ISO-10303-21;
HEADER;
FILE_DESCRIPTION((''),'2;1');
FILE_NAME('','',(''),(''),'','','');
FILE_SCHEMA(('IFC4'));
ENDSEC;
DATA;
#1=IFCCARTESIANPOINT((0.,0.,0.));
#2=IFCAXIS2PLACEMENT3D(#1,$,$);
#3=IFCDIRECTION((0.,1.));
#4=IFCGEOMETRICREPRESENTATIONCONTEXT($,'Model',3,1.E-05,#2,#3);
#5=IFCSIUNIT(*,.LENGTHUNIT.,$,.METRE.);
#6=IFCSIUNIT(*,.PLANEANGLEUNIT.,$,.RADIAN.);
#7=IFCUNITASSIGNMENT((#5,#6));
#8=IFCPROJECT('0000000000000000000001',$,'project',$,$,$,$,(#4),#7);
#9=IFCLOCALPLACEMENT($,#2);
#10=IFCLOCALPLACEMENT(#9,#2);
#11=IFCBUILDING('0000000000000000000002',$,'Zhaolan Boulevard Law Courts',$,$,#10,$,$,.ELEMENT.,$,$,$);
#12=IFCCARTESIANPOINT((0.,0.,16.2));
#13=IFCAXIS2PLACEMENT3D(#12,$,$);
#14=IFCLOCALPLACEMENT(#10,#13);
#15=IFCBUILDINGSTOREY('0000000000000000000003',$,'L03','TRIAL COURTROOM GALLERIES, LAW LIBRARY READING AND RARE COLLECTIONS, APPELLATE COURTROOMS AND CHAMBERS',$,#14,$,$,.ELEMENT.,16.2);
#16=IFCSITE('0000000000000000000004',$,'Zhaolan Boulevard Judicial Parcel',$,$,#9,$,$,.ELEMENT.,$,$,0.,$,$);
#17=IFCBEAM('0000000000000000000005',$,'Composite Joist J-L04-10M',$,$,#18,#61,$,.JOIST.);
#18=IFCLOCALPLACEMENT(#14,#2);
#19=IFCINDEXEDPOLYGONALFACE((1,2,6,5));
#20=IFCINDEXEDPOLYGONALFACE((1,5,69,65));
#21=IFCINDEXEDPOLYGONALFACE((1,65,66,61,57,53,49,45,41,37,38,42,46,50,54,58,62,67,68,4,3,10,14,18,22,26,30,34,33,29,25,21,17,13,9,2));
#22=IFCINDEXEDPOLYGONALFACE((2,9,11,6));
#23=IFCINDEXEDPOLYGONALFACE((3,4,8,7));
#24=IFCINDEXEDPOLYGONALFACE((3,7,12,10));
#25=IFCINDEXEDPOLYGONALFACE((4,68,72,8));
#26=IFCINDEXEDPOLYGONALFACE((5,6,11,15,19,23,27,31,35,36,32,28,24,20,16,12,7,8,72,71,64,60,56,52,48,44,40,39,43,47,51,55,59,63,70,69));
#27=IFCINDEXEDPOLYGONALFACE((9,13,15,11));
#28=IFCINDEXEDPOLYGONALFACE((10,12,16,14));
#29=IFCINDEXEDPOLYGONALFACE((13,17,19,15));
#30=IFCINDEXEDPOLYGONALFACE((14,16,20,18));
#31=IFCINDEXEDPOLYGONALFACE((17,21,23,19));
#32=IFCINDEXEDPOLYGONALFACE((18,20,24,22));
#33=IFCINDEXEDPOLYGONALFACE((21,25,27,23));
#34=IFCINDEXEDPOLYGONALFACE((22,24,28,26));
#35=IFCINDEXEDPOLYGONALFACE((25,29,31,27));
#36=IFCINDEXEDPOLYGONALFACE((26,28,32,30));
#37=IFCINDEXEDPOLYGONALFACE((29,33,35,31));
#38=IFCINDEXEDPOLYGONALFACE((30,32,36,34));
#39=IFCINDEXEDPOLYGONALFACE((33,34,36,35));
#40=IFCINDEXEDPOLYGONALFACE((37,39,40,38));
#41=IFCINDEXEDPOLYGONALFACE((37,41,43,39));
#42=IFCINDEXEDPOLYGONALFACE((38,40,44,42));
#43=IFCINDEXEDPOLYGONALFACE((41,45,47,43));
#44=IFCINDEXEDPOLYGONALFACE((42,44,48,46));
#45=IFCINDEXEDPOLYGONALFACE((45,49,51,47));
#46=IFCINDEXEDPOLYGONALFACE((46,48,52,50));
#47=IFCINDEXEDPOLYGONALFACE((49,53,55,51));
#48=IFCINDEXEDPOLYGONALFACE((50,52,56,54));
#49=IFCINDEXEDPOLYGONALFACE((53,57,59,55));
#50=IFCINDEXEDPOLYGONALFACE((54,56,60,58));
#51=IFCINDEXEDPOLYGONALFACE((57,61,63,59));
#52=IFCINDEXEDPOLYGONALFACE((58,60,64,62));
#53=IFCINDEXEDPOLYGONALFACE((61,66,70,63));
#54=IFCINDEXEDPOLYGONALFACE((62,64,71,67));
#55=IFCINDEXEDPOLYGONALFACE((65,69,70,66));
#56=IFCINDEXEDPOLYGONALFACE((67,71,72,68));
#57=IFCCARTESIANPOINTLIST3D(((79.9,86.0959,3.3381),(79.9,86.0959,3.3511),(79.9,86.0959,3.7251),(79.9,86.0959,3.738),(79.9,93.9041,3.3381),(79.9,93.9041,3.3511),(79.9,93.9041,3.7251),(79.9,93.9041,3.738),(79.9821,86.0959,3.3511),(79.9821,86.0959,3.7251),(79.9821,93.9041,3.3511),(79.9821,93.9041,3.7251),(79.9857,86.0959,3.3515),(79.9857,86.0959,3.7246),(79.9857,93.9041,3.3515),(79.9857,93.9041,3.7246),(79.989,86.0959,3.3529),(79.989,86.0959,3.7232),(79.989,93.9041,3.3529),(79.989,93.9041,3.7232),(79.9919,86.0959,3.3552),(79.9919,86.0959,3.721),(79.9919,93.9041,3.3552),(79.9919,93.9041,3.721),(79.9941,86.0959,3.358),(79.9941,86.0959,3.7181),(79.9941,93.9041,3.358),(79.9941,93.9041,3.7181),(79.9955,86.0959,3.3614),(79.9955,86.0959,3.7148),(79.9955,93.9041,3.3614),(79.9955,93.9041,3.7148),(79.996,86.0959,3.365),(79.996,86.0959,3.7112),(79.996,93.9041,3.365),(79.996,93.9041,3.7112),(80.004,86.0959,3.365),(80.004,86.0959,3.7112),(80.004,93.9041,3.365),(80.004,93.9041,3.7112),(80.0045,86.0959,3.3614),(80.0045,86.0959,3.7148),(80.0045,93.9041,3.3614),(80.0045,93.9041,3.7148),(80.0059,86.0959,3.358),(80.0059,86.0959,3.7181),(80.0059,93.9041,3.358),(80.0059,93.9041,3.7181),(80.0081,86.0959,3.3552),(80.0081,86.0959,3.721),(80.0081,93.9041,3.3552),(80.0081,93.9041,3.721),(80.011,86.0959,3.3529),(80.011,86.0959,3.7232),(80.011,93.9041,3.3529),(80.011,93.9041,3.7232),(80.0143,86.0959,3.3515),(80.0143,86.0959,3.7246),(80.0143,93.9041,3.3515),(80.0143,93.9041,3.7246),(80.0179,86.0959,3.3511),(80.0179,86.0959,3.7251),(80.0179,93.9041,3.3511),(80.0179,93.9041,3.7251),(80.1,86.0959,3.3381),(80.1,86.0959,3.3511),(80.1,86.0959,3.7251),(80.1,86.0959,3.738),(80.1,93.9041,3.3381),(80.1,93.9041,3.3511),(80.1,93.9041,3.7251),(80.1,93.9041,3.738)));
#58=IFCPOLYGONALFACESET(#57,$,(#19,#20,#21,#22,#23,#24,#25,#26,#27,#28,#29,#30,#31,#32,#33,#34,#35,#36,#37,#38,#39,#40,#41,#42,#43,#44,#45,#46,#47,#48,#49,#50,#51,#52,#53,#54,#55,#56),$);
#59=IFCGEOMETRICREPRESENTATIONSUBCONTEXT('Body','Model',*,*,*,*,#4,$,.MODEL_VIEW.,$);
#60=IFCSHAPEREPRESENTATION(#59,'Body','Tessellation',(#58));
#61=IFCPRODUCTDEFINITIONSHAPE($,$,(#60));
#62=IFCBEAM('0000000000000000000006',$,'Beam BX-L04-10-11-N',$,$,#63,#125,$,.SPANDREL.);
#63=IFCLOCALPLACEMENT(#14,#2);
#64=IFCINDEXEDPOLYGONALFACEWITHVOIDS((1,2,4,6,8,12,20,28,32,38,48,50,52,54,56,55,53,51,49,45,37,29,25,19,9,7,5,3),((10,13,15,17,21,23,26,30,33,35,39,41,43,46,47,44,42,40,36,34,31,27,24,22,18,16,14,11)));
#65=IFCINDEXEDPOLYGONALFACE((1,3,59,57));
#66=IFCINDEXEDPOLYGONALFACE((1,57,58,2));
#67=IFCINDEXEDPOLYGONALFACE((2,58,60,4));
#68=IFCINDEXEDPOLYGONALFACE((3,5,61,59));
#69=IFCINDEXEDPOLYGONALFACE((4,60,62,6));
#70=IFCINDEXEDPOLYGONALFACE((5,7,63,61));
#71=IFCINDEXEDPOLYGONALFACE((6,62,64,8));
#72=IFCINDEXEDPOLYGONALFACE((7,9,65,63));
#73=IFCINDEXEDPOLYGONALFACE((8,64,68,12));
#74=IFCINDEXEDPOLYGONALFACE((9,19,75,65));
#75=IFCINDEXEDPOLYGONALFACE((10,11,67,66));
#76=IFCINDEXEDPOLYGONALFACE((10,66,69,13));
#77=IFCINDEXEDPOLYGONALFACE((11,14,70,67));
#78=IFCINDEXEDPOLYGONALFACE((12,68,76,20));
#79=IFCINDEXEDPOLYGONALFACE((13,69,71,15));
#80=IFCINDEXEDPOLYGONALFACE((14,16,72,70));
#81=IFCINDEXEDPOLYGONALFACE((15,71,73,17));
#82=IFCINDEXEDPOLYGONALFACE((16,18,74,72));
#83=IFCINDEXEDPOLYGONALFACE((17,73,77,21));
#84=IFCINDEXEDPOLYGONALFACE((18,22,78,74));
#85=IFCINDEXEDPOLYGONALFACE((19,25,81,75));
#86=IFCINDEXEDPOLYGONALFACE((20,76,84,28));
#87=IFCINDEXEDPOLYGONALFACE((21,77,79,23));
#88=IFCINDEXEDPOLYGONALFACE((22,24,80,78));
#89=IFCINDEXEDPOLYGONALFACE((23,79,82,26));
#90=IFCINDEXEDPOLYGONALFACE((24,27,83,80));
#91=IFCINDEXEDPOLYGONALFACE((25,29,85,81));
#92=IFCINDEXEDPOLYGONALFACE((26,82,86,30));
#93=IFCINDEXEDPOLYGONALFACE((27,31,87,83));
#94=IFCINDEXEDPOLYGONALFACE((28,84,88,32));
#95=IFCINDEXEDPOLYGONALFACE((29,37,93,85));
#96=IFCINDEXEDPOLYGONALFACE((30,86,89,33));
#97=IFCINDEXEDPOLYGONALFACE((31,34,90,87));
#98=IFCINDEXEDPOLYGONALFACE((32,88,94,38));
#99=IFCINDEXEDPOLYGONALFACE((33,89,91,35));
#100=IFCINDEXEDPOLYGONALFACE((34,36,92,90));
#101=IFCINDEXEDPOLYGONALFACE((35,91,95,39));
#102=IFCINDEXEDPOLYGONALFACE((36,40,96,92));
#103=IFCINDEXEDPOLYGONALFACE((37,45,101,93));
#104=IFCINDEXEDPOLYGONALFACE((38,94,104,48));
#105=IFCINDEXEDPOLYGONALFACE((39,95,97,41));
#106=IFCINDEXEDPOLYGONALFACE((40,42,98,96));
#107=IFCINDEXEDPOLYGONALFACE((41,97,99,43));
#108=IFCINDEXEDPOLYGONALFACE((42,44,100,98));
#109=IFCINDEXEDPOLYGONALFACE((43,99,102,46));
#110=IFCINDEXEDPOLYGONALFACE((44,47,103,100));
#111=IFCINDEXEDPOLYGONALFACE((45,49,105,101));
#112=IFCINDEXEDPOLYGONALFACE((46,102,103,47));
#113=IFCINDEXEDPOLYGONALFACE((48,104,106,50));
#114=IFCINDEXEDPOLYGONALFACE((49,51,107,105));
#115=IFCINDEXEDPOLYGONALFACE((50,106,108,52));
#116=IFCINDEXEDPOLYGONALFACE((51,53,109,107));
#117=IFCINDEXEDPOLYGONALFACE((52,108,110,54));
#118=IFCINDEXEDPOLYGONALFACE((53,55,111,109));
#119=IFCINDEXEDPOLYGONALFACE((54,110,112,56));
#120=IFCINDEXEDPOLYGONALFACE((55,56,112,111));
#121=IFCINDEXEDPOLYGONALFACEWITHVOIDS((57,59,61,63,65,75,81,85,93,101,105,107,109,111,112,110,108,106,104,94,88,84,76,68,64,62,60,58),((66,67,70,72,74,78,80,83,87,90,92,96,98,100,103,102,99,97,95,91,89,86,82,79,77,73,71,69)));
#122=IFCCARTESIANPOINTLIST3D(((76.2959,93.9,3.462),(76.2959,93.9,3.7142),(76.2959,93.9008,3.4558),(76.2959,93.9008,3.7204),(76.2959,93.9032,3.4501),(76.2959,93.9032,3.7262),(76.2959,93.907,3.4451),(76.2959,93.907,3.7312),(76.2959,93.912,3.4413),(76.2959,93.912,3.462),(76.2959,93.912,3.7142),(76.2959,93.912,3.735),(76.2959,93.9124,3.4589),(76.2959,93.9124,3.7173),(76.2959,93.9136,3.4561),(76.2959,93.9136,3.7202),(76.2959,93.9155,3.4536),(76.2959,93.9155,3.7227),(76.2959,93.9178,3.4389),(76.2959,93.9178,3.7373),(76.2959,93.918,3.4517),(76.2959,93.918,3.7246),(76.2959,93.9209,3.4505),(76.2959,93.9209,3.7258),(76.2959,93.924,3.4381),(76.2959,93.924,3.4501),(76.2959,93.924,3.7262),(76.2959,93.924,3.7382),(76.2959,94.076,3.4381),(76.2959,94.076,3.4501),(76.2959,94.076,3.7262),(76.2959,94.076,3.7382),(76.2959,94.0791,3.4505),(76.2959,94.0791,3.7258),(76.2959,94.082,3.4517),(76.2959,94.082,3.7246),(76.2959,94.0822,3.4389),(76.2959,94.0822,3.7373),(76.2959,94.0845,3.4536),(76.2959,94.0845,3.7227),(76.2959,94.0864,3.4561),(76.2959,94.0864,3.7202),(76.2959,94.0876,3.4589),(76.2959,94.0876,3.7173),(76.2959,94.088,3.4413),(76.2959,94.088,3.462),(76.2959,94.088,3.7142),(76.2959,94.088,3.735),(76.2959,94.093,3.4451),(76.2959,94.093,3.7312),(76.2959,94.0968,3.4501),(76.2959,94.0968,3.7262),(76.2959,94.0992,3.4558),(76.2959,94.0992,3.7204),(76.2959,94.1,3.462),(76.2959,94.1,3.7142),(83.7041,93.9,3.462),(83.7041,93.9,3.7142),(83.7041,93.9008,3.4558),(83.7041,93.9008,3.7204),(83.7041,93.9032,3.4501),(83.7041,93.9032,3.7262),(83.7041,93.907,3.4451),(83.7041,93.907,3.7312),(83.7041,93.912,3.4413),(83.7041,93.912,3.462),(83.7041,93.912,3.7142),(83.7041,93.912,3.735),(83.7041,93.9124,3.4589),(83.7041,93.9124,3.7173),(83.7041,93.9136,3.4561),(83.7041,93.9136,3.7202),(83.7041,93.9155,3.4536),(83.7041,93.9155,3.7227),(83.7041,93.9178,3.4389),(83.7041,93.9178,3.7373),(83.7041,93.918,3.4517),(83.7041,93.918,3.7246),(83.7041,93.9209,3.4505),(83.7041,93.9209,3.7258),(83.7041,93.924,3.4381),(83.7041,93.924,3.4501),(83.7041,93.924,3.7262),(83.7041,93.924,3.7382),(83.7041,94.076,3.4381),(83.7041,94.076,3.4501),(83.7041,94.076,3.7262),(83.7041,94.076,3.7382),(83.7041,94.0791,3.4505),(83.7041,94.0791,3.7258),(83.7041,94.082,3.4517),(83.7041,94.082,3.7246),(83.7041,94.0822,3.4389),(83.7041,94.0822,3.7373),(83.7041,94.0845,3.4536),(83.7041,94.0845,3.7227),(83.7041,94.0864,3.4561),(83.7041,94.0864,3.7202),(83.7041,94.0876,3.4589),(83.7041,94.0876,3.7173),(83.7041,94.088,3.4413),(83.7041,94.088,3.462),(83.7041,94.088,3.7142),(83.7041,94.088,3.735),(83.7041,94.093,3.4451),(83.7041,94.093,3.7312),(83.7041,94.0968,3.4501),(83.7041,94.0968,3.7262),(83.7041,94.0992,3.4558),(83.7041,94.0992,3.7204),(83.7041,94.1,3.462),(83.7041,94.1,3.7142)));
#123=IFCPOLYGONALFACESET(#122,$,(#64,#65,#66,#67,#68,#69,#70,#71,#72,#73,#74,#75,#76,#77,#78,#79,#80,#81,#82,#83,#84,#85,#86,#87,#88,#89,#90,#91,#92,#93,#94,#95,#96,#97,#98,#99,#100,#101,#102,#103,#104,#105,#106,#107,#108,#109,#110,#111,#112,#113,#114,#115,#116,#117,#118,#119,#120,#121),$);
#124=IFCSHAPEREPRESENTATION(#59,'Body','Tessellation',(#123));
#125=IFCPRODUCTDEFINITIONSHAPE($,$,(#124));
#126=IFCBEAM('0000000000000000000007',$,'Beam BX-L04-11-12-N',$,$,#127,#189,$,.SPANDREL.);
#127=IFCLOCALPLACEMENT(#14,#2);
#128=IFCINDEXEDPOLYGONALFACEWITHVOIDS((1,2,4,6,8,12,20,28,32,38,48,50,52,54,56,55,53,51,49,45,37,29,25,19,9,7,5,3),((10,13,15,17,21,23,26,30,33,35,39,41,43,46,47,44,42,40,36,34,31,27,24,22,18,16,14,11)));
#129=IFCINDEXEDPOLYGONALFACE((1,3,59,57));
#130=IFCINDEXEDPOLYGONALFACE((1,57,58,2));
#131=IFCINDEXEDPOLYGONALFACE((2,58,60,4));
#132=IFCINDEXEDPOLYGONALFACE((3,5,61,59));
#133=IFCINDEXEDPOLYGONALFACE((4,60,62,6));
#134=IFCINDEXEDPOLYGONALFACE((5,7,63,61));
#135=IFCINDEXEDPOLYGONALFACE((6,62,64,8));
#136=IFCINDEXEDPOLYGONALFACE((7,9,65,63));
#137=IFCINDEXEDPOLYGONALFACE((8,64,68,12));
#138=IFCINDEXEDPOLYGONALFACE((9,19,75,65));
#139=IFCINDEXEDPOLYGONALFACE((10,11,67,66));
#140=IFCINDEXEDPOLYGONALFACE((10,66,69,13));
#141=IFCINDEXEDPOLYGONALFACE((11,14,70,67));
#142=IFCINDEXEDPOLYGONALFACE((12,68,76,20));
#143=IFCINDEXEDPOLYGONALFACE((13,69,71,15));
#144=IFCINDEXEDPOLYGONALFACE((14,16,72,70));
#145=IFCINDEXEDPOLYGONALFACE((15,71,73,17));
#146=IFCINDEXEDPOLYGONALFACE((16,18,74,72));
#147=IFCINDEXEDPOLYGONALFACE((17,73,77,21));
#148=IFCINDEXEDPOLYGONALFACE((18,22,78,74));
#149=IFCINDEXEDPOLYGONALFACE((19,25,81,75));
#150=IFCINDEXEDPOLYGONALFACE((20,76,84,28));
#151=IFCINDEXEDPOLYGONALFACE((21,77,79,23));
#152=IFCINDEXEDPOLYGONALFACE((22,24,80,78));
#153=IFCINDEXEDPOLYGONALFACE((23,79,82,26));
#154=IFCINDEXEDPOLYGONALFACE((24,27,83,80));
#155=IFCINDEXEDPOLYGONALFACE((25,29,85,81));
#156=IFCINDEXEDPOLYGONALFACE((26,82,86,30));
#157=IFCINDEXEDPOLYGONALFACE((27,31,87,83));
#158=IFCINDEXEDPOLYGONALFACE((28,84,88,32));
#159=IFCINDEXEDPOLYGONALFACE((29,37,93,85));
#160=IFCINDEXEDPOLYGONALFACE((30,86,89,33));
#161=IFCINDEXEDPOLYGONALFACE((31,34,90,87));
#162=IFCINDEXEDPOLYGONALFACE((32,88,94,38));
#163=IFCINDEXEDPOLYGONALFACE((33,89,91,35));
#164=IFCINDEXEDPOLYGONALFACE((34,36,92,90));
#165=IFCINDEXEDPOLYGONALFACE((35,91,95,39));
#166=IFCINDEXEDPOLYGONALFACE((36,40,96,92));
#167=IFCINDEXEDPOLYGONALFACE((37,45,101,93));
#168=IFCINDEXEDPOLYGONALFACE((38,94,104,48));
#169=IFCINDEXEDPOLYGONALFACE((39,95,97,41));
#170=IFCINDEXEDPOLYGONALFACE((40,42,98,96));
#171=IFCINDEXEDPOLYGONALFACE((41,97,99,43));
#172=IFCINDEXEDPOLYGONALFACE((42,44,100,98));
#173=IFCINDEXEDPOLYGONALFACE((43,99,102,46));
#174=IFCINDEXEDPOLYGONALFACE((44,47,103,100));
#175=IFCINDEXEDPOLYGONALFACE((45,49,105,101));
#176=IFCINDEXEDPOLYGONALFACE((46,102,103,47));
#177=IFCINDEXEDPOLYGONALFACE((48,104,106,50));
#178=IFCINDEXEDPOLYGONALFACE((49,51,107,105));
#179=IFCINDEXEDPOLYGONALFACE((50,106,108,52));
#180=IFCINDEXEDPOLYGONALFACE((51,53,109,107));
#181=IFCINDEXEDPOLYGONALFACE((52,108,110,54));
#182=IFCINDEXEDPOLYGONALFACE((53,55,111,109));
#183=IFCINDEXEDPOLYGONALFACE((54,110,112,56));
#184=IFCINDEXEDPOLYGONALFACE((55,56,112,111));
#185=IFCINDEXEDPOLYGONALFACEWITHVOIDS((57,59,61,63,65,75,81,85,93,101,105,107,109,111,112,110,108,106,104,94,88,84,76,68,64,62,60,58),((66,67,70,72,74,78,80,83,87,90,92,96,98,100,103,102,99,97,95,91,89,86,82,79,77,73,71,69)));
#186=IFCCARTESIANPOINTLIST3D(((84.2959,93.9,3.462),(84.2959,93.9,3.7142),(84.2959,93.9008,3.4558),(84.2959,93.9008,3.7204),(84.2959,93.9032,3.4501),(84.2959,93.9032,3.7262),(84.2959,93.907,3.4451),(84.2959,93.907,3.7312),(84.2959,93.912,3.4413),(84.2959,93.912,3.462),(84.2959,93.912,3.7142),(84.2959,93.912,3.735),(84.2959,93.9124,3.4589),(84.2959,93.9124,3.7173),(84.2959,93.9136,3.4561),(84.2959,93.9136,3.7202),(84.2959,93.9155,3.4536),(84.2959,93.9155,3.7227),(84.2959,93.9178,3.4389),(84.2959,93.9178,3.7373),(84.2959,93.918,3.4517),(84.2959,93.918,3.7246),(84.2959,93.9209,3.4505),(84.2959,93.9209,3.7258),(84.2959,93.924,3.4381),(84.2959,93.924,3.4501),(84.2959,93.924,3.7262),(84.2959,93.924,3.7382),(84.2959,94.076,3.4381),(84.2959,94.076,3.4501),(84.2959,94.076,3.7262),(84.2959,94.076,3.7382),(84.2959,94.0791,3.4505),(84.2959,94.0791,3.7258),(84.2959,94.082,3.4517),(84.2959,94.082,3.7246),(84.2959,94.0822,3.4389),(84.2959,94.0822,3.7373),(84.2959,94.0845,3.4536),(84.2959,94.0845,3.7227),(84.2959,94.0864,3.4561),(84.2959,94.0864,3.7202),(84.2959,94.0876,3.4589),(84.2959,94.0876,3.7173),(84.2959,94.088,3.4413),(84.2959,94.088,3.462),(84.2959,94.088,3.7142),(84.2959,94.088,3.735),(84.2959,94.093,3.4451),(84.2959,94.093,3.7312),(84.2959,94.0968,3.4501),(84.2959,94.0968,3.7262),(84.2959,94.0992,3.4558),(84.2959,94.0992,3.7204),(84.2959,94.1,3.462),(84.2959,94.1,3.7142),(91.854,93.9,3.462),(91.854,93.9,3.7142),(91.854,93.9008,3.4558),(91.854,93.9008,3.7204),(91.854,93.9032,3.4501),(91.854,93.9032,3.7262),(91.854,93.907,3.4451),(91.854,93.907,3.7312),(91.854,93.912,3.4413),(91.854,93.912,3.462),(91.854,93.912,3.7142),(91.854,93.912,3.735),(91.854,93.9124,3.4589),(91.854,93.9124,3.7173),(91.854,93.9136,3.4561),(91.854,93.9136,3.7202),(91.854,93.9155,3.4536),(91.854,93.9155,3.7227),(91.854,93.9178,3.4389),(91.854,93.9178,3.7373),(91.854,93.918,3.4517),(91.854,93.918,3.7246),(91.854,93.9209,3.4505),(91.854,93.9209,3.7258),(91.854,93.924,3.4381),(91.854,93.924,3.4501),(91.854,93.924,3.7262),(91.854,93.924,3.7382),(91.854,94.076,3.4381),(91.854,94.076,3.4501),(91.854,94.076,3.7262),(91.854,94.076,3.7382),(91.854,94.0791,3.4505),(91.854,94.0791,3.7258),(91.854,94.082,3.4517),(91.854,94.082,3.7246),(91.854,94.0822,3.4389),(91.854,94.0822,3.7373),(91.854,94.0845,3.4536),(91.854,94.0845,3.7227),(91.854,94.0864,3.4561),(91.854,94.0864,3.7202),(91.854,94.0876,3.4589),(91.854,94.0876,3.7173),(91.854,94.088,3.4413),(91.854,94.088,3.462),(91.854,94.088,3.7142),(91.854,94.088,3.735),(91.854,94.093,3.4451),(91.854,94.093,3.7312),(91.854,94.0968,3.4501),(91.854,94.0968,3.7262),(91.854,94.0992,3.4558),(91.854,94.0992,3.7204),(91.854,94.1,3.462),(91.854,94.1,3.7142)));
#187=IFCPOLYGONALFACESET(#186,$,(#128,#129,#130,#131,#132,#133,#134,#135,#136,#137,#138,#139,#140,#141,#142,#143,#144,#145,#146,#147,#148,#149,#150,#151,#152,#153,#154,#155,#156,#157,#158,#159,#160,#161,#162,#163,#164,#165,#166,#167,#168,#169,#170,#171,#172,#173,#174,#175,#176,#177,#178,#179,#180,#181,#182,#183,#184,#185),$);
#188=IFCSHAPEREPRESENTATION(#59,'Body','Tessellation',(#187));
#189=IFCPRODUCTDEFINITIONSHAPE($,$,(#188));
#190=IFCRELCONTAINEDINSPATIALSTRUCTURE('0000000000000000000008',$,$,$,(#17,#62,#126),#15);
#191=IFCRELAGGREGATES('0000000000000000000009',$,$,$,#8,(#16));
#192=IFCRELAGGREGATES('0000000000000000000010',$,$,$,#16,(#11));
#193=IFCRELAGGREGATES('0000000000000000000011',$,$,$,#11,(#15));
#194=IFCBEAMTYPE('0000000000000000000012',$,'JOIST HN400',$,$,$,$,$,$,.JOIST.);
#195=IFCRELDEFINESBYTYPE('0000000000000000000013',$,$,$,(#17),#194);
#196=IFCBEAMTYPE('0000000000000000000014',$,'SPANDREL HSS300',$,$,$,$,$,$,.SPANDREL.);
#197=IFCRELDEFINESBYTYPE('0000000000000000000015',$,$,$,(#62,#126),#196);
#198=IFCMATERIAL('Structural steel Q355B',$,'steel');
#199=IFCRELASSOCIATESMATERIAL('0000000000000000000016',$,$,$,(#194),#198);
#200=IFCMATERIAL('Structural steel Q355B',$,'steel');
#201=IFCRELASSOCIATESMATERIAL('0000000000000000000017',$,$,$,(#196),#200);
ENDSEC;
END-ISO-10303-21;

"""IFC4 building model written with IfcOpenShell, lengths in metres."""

from ifc_helpers import new_model, si_unit, direction, frame, origin, origin_2d, place, context, subcontext, project, spatial, hollow_rectangle, i_section, extrude, material, material_profile, profile_set, type_object, element, save


model = new_model("IFC4")

# Units and contexts
model_context = context("Model", 3, precision=1e-05, world=origin(), true_north=direction((0.0, 1.0)))
body_context = subcontext(model_context, "Body", "Model", "MODEL_VIEW")
ifc_project = project(units=[si_unit("LENGTHUNIT", "METRE"), si_unit("PLANEANGLEUNIT", "RADIAN")], contexts=[model_context])

# Site, building, storey
site_placement = place(None, origin())
site = spatial("IfcSite", under=ifc_project, at=site_placement, Name="Zhaolan Boulevard Judicial Parcel", CompositionType="ELEMENT", RefElevation=0.0)
building_placement = place(site_placement, origin())
building = spatial("IfcBuilding", under=site, at=building_placement, Name="Zhaolan Boulevard Law Courts", CompositionType="ELEMENT")
storey_placement = place(building_placement, frame((0.0, 0.0, 16.2)))
storey = spatial("IfcBuildingStorey", under=building, at=storey_placement, Name="L03", Description="TRIAL COURTROOM GALLERIES, LAW LIBRARY READING AND RARE COLLECTIONS, APPELLATE COURTROOMS AND CHAMBERS", CompositionType="ELEMENT", Elevation=16.2)

# Beams
ifc_material_1 = material(Name="Structural steel Q355B", Category="steel")
ifc_material_profile_1 = material_profile(ifc_material_1, i_section(OverallWidth=0.2, OverallDepth=0.3999, WebThickness=0.0081, FlangeThickness=0.0129, FilletRadius=0.0139, at=origin_2d()), Name="HN400x200")
ifc_profile_set_1 = profile_set([ifc_material_profile_1], Name="Structural steel Q355B")
beam_type_1 = type_object("IfcBeamType", Name="JOIST HN400", PredefinedType="JOIST", material=ifc_profile_set_1)
beam_1_placement = place(storey_placement, frame((80.0, 86.0959, 3.5381), z_axis=(0.0, 1.0, 0.0), x_axis=(-1.0, 0.0, 0.0)))
element("IfcBeam", 1, at=beam_1_placement, inside=storey, type_object=beam_type_1, Name="Composite Joist J-L04-10M", PredefinedType="JOIST", context=body_context, shape_type="SweptSolid", body=[
    extrude(i_section(OverallWidth=0.2, OverallDepth=0.3999, WebThickness=0.0081, FlangeThickness=0.0129, FilletRadius=0.0139, at=origin_2d()), origin(), (0.0, 0.0, 1.0), 7.8081),
])
ifc_material_2 = material(Name="Structural steel Q355B", Category="steel")
ifc_material_profile_2 = material_profile(ifc_material_2, hollow_rectangle(XDim=0.2, YDim=0.3, WallThickness=0.012, InnerFilletRadius=0.012, OuterFilletRadius=0.0239, at=origin_2d()), Name="HSS300x200x12")
ifc_profile_set_2 = profile_set([ifc_material_profile_2], Name="Structural steel Q355B")
beam_type_2 = type_object("IfcBeamType", Name="SPANDREL HSS300", PredefinedType="SPANDREL", material=ifc_profile_set_2)
beam_2_placement = place(storey_placement, frame((76.2959, 94.0, 3.5881), z_axis=(1.0, 0.0, 0.0), x_axis=(0.0, 1.0, 0.0)))
element("IfcBeam", 2, at=beam_2_placement, inside=storey, type_object=beam_type_2, Name="Beam BX-L04-10-11-N", PredefinedType="SPANDREL", context=body_context, shape_type="SweptSolid", body=[
    extrude(hollow_rectangle(XDim=0.2, YDim=0.3, WallThickness=0.012, InnerFilletRadius=0.012, OuterFilletRadius=0.0239, at=origin_2d()), origin(), (0.0, 0.0, 1.0), 7.4082),
])
beam_3_placement = place(storey_placement, frame((84.2959, 94.0, 3.5881), z_axis=(1.0, 0.0, 0.0), x_axis=(0.0, 1.0, 0.0)))
element("IfcBeam", 3, at=beam_3_placement, inside=storey, type_object=beam_type_2, Name="Beam BX-L04-11-12-N", PredefinedType="SPANDREL", context=body_context, shape_type="SweptSolid", body=[
    extrude(hollow_rectangle(XDim=0.2, YDim=0.3, WallThickness=0.012, InnerFilletRadius=0.012, OuterFilletRadius=0.0239, at=origin_2d()), origin(), (0.0, 0.0, 1.0), 7.5581),
])

save(model, "model.ifc")
